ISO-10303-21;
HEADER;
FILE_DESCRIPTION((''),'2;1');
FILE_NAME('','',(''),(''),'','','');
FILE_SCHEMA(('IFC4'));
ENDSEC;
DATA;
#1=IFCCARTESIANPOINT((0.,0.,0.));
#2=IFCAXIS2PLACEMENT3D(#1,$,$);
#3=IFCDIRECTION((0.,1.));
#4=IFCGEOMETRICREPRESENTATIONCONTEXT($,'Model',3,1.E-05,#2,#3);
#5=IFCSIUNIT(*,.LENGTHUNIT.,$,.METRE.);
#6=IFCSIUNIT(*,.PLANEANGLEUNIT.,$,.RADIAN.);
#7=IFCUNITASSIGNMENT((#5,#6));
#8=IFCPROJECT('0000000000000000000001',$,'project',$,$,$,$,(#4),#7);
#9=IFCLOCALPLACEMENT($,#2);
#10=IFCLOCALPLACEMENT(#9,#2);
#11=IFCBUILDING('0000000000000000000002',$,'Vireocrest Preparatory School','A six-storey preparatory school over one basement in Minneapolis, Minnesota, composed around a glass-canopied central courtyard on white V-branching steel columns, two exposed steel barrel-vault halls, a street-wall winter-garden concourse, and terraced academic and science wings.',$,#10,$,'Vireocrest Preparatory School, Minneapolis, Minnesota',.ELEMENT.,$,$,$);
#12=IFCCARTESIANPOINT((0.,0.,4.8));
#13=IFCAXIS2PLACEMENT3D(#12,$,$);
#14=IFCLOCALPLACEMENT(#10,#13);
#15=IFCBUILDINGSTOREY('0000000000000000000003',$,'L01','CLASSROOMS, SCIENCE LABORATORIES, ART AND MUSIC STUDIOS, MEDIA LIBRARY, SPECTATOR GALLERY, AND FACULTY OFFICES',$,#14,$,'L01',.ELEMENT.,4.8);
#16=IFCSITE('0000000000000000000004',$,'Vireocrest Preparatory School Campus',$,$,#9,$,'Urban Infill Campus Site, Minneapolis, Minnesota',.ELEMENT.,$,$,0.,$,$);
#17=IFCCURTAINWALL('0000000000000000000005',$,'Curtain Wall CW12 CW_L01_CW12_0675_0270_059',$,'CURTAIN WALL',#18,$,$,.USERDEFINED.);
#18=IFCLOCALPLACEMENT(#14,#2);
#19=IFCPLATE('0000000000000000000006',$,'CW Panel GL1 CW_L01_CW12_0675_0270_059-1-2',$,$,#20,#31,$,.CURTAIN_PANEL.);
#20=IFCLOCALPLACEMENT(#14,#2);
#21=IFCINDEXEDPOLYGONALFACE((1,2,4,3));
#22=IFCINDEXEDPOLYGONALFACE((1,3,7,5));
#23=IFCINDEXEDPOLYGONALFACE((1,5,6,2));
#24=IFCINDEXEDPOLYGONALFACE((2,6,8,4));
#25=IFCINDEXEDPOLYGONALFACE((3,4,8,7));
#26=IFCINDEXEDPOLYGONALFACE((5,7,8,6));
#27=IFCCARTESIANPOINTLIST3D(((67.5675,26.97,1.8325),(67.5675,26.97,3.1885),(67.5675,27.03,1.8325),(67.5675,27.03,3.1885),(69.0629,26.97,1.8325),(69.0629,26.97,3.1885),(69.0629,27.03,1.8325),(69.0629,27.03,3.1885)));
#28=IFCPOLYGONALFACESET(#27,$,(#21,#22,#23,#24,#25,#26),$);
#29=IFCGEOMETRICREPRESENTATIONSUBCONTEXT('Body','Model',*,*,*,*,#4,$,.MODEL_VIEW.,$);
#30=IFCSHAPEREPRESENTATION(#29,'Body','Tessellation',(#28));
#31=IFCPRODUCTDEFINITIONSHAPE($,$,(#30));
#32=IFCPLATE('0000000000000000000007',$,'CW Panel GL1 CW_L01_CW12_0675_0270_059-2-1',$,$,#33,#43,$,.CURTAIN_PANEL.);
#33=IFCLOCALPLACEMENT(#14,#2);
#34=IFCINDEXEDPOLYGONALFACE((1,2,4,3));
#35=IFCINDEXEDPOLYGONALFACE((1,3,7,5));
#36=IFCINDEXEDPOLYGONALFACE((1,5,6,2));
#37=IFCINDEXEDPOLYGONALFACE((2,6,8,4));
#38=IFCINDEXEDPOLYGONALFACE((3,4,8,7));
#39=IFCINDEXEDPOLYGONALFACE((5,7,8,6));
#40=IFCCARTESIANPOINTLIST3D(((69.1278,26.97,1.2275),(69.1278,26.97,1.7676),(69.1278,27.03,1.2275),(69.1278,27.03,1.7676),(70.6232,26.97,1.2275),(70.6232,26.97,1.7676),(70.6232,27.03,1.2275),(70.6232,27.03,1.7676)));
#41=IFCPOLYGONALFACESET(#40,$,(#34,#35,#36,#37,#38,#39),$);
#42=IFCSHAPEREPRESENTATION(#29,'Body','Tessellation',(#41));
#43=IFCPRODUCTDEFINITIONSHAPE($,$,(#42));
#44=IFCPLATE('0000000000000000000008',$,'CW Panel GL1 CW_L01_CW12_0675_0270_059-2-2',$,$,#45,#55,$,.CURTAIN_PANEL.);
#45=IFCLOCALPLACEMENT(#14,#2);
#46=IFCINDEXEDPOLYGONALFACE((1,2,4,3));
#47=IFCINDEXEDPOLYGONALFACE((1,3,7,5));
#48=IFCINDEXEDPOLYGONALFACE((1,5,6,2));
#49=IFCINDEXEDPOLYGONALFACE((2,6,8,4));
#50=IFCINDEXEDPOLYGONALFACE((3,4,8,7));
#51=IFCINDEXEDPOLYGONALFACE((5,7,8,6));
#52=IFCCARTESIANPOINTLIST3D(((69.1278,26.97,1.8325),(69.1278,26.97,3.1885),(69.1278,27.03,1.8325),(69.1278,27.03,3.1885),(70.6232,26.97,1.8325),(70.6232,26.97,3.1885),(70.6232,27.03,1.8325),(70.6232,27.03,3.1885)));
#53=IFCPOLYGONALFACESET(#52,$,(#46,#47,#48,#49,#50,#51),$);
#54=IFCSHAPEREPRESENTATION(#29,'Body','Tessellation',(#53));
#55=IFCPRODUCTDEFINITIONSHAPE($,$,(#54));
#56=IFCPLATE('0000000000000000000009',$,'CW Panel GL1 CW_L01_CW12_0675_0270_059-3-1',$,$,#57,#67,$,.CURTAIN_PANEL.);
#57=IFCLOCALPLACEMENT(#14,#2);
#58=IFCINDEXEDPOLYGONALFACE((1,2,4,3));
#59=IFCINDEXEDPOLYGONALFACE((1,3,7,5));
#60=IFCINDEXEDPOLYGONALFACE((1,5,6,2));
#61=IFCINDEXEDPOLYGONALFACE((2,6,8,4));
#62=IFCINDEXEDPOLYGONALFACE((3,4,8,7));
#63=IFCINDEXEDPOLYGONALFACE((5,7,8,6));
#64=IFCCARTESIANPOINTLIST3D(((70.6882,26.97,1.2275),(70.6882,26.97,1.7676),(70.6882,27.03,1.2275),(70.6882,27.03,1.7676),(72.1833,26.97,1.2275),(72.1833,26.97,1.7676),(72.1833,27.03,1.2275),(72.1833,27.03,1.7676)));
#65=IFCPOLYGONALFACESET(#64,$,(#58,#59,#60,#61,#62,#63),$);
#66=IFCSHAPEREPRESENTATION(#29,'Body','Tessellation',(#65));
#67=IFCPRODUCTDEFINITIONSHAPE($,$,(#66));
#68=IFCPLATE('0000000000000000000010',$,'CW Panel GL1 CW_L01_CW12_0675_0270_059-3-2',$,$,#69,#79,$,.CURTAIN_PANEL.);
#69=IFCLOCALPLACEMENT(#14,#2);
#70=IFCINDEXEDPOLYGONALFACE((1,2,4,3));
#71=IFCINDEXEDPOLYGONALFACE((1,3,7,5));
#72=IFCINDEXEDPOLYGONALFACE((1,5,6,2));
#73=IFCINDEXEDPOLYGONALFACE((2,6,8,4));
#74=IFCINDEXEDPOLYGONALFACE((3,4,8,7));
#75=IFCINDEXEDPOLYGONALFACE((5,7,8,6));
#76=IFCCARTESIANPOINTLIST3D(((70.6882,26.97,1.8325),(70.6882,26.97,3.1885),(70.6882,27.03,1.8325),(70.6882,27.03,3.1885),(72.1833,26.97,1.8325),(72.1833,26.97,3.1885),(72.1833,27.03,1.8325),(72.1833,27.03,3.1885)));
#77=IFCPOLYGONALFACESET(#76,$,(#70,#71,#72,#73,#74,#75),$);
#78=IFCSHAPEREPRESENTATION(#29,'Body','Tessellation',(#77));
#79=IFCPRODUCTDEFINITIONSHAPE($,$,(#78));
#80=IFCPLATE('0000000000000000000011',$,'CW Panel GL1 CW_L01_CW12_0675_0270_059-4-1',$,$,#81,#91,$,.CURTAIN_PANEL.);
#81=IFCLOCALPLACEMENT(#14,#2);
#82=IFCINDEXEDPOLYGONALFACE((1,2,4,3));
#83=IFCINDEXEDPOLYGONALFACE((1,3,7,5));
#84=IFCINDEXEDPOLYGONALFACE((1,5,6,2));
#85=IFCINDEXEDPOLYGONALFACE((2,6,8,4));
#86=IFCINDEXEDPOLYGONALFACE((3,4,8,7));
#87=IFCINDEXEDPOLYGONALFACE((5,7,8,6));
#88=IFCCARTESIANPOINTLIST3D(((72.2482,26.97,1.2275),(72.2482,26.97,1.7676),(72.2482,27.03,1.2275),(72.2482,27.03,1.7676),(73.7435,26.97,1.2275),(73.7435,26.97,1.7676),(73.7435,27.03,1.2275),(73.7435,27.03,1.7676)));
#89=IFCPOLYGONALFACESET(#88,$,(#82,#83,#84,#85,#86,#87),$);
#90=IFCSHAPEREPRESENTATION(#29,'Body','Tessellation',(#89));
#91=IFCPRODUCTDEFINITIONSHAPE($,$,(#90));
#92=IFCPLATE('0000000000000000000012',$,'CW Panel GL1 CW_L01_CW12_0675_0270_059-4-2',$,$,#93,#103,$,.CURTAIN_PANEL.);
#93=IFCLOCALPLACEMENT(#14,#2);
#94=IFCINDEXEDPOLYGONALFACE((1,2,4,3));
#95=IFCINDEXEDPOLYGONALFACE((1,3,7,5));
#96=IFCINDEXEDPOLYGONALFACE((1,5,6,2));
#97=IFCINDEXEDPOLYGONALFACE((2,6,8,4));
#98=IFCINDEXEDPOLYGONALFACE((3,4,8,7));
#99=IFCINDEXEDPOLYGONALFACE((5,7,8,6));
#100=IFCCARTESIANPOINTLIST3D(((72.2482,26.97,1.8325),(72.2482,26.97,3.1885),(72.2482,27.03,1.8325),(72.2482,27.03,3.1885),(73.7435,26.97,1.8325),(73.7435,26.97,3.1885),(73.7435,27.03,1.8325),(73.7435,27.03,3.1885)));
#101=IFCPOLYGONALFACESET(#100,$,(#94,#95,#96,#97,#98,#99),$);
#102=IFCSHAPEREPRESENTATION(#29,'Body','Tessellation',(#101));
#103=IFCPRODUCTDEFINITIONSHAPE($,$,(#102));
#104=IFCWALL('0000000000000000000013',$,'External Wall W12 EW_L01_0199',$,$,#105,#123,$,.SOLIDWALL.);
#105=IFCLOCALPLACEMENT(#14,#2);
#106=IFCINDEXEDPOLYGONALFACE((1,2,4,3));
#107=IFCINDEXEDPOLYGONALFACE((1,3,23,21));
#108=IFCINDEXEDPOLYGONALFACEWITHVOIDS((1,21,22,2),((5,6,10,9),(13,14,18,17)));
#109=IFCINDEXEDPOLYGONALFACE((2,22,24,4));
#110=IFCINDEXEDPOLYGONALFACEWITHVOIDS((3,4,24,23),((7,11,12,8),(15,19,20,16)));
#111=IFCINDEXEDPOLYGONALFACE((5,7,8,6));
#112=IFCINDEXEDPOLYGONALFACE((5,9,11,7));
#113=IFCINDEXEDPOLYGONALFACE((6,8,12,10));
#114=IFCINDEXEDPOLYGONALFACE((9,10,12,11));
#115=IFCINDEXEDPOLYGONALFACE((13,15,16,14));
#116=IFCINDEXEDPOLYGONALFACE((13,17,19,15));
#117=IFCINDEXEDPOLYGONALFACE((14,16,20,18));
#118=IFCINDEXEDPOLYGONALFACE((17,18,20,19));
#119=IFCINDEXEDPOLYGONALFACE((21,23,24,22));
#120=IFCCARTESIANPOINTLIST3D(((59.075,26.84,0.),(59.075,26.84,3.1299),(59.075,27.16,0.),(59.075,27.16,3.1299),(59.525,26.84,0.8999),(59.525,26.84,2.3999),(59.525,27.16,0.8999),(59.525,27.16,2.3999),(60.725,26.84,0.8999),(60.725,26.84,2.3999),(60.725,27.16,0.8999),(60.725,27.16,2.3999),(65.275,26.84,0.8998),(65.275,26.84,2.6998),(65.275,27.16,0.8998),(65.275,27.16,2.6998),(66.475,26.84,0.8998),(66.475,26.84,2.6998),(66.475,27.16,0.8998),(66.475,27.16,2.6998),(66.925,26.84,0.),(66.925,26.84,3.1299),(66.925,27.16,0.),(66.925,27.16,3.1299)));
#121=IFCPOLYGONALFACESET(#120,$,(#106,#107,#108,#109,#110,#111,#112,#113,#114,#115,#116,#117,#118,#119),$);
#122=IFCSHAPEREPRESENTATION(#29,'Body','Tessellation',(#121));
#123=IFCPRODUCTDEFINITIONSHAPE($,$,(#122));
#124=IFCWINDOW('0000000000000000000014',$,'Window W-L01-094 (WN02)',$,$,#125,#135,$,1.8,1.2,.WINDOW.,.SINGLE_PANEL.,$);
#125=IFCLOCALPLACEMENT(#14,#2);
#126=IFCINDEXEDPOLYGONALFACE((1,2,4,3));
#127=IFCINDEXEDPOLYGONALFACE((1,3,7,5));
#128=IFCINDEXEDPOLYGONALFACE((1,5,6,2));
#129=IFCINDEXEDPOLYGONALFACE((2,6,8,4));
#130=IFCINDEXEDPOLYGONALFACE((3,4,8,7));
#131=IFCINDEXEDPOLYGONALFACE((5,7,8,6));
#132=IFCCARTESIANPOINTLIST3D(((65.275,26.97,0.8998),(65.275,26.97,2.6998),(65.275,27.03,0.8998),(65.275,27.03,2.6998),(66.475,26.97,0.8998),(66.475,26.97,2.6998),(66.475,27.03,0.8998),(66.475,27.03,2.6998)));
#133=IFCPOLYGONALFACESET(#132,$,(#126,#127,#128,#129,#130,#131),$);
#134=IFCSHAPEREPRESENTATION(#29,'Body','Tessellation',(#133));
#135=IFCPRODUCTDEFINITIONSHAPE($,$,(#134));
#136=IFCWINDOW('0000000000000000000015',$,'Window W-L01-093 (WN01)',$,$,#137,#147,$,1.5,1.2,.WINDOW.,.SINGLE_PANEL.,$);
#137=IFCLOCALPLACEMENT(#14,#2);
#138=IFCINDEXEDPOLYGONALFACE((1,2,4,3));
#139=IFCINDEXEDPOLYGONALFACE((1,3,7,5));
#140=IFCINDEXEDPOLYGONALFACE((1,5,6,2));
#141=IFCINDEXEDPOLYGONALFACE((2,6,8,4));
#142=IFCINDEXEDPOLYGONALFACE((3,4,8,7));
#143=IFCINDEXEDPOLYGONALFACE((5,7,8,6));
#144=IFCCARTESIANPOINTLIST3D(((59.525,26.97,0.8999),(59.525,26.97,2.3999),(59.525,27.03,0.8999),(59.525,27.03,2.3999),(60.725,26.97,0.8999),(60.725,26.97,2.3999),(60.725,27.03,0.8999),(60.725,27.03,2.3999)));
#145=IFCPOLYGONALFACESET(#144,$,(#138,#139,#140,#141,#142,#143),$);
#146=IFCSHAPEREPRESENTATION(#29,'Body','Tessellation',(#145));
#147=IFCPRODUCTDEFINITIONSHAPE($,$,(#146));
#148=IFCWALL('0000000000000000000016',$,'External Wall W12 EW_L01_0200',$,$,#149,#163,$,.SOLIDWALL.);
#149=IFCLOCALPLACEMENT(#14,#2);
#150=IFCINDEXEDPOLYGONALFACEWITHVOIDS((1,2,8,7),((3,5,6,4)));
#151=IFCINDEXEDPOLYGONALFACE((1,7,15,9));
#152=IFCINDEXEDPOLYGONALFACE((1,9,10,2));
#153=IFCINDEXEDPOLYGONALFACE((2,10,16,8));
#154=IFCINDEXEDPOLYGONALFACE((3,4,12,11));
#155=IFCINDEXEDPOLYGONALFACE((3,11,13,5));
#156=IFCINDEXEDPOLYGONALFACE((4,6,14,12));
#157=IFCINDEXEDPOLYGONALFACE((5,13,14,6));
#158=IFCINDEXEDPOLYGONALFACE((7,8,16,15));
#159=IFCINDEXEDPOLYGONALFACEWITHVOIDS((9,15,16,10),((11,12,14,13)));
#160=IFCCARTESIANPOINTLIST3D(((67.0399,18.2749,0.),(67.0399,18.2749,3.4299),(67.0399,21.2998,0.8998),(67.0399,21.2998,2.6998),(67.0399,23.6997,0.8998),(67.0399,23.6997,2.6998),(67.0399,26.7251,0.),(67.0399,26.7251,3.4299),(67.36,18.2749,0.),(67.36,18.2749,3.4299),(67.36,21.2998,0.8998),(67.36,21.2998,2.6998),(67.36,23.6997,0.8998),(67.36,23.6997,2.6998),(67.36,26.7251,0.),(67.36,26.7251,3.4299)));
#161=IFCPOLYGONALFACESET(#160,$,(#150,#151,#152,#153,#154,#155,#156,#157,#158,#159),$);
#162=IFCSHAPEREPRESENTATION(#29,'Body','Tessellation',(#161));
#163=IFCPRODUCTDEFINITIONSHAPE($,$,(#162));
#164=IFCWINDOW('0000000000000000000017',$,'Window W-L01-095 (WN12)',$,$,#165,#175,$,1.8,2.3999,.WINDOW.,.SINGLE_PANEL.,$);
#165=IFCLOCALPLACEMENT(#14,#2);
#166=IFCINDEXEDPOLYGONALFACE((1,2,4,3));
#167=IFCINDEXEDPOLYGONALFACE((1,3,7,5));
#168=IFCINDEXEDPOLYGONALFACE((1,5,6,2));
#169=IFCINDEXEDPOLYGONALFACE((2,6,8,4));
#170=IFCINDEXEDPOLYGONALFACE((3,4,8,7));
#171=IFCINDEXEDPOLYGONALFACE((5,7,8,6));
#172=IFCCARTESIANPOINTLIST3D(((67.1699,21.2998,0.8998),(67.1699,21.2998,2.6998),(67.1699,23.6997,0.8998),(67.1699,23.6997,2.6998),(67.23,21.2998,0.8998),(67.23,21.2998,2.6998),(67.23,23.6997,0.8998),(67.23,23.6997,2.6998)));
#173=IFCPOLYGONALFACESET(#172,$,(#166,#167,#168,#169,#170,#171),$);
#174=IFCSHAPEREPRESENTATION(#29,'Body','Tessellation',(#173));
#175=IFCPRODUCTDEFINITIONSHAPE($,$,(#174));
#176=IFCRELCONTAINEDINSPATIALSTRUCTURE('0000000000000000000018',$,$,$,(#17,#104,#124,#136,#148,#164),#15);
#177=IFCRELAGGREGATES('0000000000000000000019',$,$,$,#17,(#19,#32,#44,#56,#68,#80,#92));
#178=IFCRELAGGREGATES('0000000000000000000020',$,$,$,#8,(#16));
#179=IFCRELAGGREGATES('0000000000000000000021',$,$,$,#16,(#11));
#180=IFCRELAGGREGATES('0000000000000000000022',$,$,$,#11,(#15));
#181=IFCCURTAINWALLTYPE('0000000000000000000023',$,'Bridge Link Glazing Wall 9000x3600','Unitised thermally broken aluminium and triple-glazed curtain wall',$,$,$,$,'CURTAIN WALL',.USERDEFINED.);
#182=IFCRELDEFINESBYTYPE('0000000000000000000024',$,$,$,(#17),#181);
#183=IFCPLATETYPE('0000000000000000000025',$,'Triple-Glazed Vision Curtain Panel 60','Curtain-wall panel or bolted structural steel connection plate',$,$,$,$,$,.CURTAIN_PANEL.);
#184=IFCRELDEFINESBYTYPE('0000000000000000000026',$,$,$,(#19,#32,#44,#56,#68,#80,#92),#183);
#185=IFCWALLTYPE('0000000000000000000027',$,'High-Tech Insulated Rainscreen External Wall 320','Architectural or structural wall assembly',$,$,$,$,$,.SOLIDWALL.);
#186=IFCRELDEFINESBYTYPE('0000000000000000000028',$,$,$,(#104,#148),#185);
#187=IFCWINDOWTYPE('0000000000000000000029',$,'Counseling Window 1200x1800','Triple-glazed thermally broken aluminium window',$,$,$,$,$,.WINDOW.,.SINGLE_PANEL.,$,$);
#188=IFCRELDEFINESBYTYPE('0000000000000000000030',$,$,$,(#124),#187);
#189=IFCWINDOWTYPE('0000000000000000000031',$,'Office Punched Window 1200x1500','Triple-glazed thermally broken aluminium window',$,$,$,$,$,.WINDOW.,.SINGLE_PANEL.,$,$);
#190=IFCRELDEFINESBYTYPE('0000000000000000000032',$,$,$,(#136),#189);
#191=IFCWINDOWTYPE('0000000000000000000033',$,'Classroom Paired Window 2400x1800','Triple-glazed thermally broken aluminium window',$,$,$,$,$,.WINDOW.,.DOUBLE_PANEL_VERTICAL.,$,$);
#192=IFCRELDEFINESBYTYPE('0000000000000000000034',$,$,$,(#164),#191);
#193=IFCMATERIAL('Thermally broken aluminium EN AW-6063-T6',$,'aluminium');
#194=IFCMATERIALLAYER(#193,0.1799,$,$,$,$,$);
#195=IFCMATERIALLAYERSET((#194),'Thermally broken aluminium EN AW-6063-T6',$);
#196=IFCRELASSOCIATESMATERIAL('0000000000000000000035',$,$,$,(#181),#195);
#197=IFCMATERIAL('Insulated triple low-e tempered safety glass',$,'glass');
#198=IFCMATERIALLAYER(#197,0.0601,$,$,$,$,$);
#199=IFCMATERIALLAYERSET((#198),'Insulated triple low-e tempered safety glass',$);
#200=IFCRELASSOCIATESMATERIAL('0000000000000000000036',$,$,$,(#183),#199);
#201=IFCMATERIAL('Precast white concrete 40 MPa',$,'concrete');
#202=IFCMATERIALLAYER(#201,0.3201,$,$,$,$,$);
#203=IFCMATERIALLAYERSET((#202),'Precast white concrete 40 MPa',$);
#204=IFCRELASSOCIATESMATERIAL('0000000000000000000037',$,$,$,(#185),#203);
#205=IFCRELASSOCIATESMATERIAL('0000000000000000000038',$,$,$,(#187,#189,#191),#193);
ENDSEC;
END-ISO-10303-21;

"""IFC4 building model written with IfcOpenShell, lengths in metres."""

from ifc_helpers import new_model, si_unit, direction, frame, frame_2d, origin, origin_2d, place, context, subcontext, project, spatial, rectangle, extrude, material, layer, layer_set, type_object, element, fill, aggregate, save


model = new_model("IFC4")

# Units and contexts
model_context = context("Model", 3, precision=1e-05, world=origin(), true_north=direction((0.0, 1.0)))
body_context = subcontext(model_context, "Body", "Model", "MODEL_VIEW")
ifc_project = project(units=[si_unit("LENGTHUNIT", "METRE"), si_unit("PLANEANGLEUNIT", "RADIAN")], contexts=[model_context])

# Site, building, storey
site_placement = place(None, origin())
site = spatial("IfcSite", under=ifc_project, at=site_placement, Name="Vireocrest Preparatory School Campus", LongName="Urban Infill Campus Site, Minneapolis, Minnesota", CompositionType="ELEMENT", RefElevation=0.0)
building_placement = place(site_placement, origin())
building = spatial("IfcBuilding", under=site, at=building_placement, Name="Vireocrest Preparatory School", Description="A six-storey preparatory school over one basement in Minneapolis, Minnesota, composed around a glass-canopied central courtyard on white V-branching steel columns, two exposed steel barrel-vault halls, a street-wall winter-garden concourse, and terraced academic and science wings.", LongName="Vireocrest Preparatory School, Minneapolis, Minnesota", CompositionType="ELEMENT")
storey_placement = place(building_placement, frame((0.0, 0.0, 4.8)))
storey = spatial("IfcBuildingStorey", under=building, at=storey_placement, Name="L01", Description="CLASSROOMS, SCIENCE LABORATORIES, ART AND MUSIC STUDIOS, MEDIA LIBRARY, SPECTATOR GALLERY, AND FACULTY OFFICES", LongName="L01", CompositionType="ELEMENT", Elevation=4.8)

# Curtain wall
ifc_material_1 = material(Name="Thermally broken aluminium EN AW-6063-T6", Category="aluminium")
ifc_layer_1 = layer(ifc_material_1, 0.1799)
ifc_layer_set_1 = layer_set([ifc_layer_1], Name="Thermally broken aluminium EN AW-6063-T6")
curtain_wall_type = type_object("IfcCurtainWallType", Name="Bridge Link Glazing Wall 9000x3600", Description="Unitised thermally broken aluminium and triple-glazed curtain wall", ElementType="CURTAIN WALL", PredefinedType="USERDEFINED", material=ifc_layer_set_1)
curtain_wall_placement = place(storey_placement, origin())
curtain_wall = element("IfcCurtainWall", 1, at=curtain_wall_placement, inside=storey, type_object=curtain_wall_type, Name="Curtain Wall CW12 CW_L01_CW12_0675_0270_059", ObjectType="CURTAIN WALL", PredefinedType="USERDEFINED")

# Plates
ifc_material_2 = material(Name="Insulated triple low-e tempered safety glass", Category="glass")
ifc_layer_2 = layer(ifc_material_2, 0.0601)
ifc_layer_set_2 = layer_set([ifc_layer_2], Name="Insulated triple low-e tempered safety glass")
plate_type = type_object("IfcPlateType", Name="Triple-Glazed Vision Curtain Panel 60", Description="Curtain-wall panel or bolted structural steel connection plate", PredefinedType="CURTAIN_PANEL", material=ifc_layer_set_2)
plate_1_placement = place(storey_placement, frame((68.3152, 27.0, 1.8325), z_axis=(0.0, 0.0, 1.0), x_axis=(1.0, 0.0, 0.0)))
plate_1 = element("IfcPlate", 2, at=plate_1_placement, type_object=plate_type, Name="CW Panel GL1 CW_L01_CW12_0675_0270_059-1-2", PredefinedType="CURTAIN_PANEL", context=body_context, shape_type="SweptSolid", body=[
    extrude(rectangle(XDim=1.4954, YDim=0.0601, at=origin_2d()), origin(), (0.0, 0.0, 1.0), 1.356),
])
plate_2_placement = place(storey_placement, frame((69.8755, 27.0, 1.2275), z_axis=(0.0, 0.0, 1.0), x_axis=(1.0, 0.0, 0.0)))
plate_2 = element("IfcPlate", 3, at=plate_2_placement, type_object=plate_type, Name="CW Panel GL1 CW_L01_CW12_0675_0270_059-2-1", PredefinedType="CURTAIN_PANEL", context=body_context, shape_type="SweptSolid", body=[
    extrude(rectangle(XDim=1.4954, YDim=0.0601, at=origin_2d()), origin(), (0.0, 0.0, 1.0), 0.54),
])
plate_3_placement = place(storey_placement, frame((69.8755, 27.0, 1.8325), z_axis=(0.0, 0.0, 1.0), x_axis=(1.0, 0.0, 0.0)))
plate_3 = element("IfcPlate", 4, at=plate_3_placement, type_object=plate_type, Name="CW Panel GL1 CW_L01_CW12_0675_0270_059-2-2", PredefinedType="CURTAIN_PANEL", context=body_context, shape_type="SweptSolid", body=[
    extrude(rectangle(XDim=1.4954, YDim=0.0601, at=origin_2d()), origin(), (0.0, 0.0, 1.0), 1.356),
])
plate_4_placement = place(storey_placement, frame((71.4358, 27.0, 1.2275), z_axis=(0.0, 0.0, 1.0), x_axis=(1.0, 0.0, 0.0)))
plate_4 = element("IfcPlate", 5, at=plate_4_placement, type_object=plate_type, Name="CW Panel GL1 CW_L01_CW12_0675_0270_059-3-1", PredefinedType="CURTAIN_PANEL", context=body_context, shape_type="SweptSolid", body=[
    extrude(rectangle(XDim=1.4951, YDim=0.0601, at=origin_2d()), origin(), (0.0, 0.0, 1.0), 0.54),
])
plate_5_placement = place(storey_placement, frame((71.4358, 27.0, 1.8325), z_axis=(0.0, 0.0, 1.0), x_axis=(1.0, 0.0, 0.0)))
plate_5 = element("IfcPlate", 6, at=plate_5_placement, type_object=plate_type, Name="CW Panel GL1 CW_L01_CW12_0675_0270_059-3-2", PredefinedType="CURTAIN_PANEL", context=body_context, shape_type="SweptSolid", body=[
    extrude(rectangle(XDim=1.4951, YDim=0.0601, at=origin_2d()), origin(), (0.0, 0.0, 1.0), 1.356),
])
plate_6_placement = place(storey_placement, frame((72.9958, 27.0, 1.2275), z_axis=(0.0, 0.0, 1.0), x_axis=(1.0, 0.0, 0.0)))
plate_6 = element("IfcPlate", 7, at=plate_6_placement, type_object=plate_type, Name="CW Panel GL1 CW_L01_CW12_0675_0270_059-4-1", PredefinedType="CURTAIN_PANEL", context=body_context, shape_type="SweptSolid", body=[
    extrude(rectangle(XDim=1.4954, YDim=0.0601, at=origin_2d()), origin(), (0.0, 0.0, 1.0), 0.54),
])
plate_7_placement = place(storey_placement, frame((72.9958, 27.0, 1.8325), z_axis=(0.0, 0.0, 1.0), x_axis=(1.0, 0.0, 0.0)))
plate_7 = element("IfcPlate", 8, at=plate_7_placement, type_object=plate_type, Name="CW Panel GL1 CW_L01_CW12_0675_0270_059-4-2", PredefinedType="CURTAIN_PANEL", context=body_context, shape_type="SweptSolid", body=[
    extrude(rectangle(XDim=1.4954, YDim=0.0601, at=origin_2d()), origin(), (0.0, 0.0, 1.0), 1.356),
])
aggregate(curtain_wall, [plate_1, plate_2, plate_3, plate_4, plate_5, plate_6, plate_7])

# Wall, openings, windows
ifc_material_3 = material(Name="Precast white concrete 40 MPa", Category="concrete")
ifc_layer_3 = layer(ifc_material_3, 0.3201)
ifc_layer_set_3 = layer_set([ifc_layer_3], Name="Precast white concrete 40 MPa")
wall_type_1 = type_object("IfcWallType", Name="High-Tech Insulated Rainscreen External Wall 320", Description="Architectural or structural wall assembly", PredefinedType="SOLIDWALL", material=ifc_layer_set_3)
wall_1_placement = place(storey_placement, frame((59.075, 27.0, 0.0), z_axis=(0.0, 0.0, 1.0), x_axis=(1.0, 0.0, 0.0)))
wall_1 = element("IfcWall", 9, at=wall_1_placement, inside=storey, type_object=wall_type_1, Name="External Wall W12 EW_L01_0199", PredefinedType="SOLIDWALL", context=body_context, shape_type="SweptSolid", body=[
    extrude(rectangle(XDim=7.8501, YDim=0.3201, at=frame_2d((3.925, 0.0))), origin(), (0.0, 0.0, 1.0), 3.1299),
])
opening_1_placement = place(wall_1_placement, frame((0.45, 0.0, 0.8999)))
opening_1 = element("IfcOpeningElement", 10, at=opening_1_placement, cuts=wall_1, PredefinedType="OPENING", context=body_context, shape_type="SweptSolid", body=[
    extrude(rectangle(XDim=1.2, YDim=1.5, at=frame_2d((0.6001, 0.75))), frame((0.0, 0.1699, 0.0), z_axis=(0.0, -1.0, 0.0), x_axis=(1.0, 0.0, 0.0)), (0.0, 0.0, 1.0), 0.3401),
])
opening_2_placement = place(wall_1_placement, frame((6.2, 0.0, 0.8999)))
opening_2 = element("IfcOpeningElement", 11, at=opening_2_placement, cuts=wall_1, PredefinedType="OPENING", context=body_context, shape_type="SweptSolid", body=[
    extrude(rectangle(XDim=1.2, YDim=1.8, at=frame_2d((0.6001, 0.8999))), frame((0.0, 0.1699, 0.0), z_axis=(0.0, -1.0, 0.0), x_axis=(1.0, 0.0, 0.0)), (0.0, 0.0, 1.0), 0.3401),
])
window_type_1 = type_object("IfcWindowType", Name="Counseling Window 1200x1800", Description="Triple-glazed thermally broken aluminium window", PartitioningType="SINGLE_PANEL", PredefinedType="WINDOW", material=ifc_material_1)
window_1_placement = place(opening_2_placement, origin())
window_1 = element("IfcWindow", 12, at=window_1_placement, inside=storey, type_object=window_type_1, Name="Window W-L01-094 (WN02)", OverallHeight=1.8, OverallWidth=1.2, PartitioningType="SINGLE_PANEL", PredefinedType="WINDOW", context=body_context, shape_type="SweptSolid", body=[
    extrude(rectangle(XDim=1.2, YDim=1.8, at=frame_2d((0.6001, 0.8999))), frame((0.0, 0.03, 0.0), z_axis=(0.0, -1.0, 0.0), x_axis=(1.0, 0.0, 0.0)), (0.0, 0.0, 1.0), 0.0601),
])
fill(opening_2, window_1)
window_type_2 = type_object("IfcWindowType", Name="Office Punched Window 1200x1500", Description="Triple-glazed thermally broken aluminium window", PartitioningType="SINGLE_PANEL", PredefinedType="WINDOW", material=ifc_material_1)
window_2_placement = place(opening_1_placement, origin())
window_2 = element("IfcWindow", 13, at=window_2_placement, inside=storey, type_object=window_type_2, Name="Window W-L01-093 (WN01)", OverallHeight=1.5, OverallWidth=1.2, PartitioningType="SINGLE_PANEL", PredefinedType="WINDOW", context=body_context, shape_type="SweptSolid", body=[
    extrude(rectangle(XDim=1.2, YDim=1.5, at=frame_2d((0.6001, 0.75))), frame((0.0, 0.03, 0.0), z_axis=(0.0, -1.0, 0.0), x_axis=(1.0, 0.0, 0.0)), (0.0, 0.0, 1.0), 0.0601),
])
fill(opening_1, window_2)

# Wall, opening, window
wall_2_placement = place(storey_placement, frame((67.2, 18.2749, 0.0), z_axis=(0.0, 0.0, 1.0), x_axis=(0.0, 1.0, 0.0)))
wall_2 = element("IfcWall", 14, at=wall_2_placement, inside=storey, type_object=wall_type_1, Name="External Wall W12 EW_L01_0200", PredefinedType="SOLIDWALL", context=body_context, shape_type="SweptSolid", body=[
    extrude(rectangle(XDim=8.4502, YDim=0.3201, at=frame_2d((4.2251, 0.0))), origin(), (0.0, 0.0, 1.0), 3.4299),
])
opening_3_placement = place(wall_2_placement, frame((3.0249, 0.0, 0.8999)))
opening_3 = element("IfcOpeningElement", 15, at=opening_3_placement, cuts=wall_2, PredefinedType="OPENING", context=body_context, shape_type="SweptSolid", body=[
    extrude(rectangle(XDim=2.3999, YDim=1.8, at=frame_2d((1.2, 0.8999))), frame((0.0, 0.1699, 0.0), z_axis=(0.0, -1.0, 0.0), x_axis=(1.0, 0.0, 0.0)), (0.0, 0.0, 1.0), 0.3401),
])
window_type_3 = type_object("IfcWindowType", Name="Classroom Paired Window 2400x1800", Description="Triple-glazed thermally broken aluminium window", PartitioningType="DOUBLE_PANEL_VERTICAL", PredefinedType="WINDOW", material=ifc_material_1)
window_3_placement = place(opening_3_placement, origin())
window_3 = element("IfcWindow", 16, at=window_3_placement, inside=storey, type_object=window_type_3, Name="Window W-L01-095 (WN12)", OverallHeight=1.8, OverallWidth=2.3999, PartitioningType="SINGLE_PANEL", PredefinedType="WINDOW", context=body_context, shape_type="SweptSolid", body=[
    extrude(rectangle(XDim=2.3999, YDim=1.8, at=frame_2d((1.2, 0.8999))), frame((0.0, 0.03, 0.0), z_axis=(0.0, -1.0, 0.0), x_axis=(1.0, 0.0, 0.0)), (0.0, 0.0, 1.0), 0.0601),
])
fill(opening_3, window_3)

save(model, "model.ifc")
